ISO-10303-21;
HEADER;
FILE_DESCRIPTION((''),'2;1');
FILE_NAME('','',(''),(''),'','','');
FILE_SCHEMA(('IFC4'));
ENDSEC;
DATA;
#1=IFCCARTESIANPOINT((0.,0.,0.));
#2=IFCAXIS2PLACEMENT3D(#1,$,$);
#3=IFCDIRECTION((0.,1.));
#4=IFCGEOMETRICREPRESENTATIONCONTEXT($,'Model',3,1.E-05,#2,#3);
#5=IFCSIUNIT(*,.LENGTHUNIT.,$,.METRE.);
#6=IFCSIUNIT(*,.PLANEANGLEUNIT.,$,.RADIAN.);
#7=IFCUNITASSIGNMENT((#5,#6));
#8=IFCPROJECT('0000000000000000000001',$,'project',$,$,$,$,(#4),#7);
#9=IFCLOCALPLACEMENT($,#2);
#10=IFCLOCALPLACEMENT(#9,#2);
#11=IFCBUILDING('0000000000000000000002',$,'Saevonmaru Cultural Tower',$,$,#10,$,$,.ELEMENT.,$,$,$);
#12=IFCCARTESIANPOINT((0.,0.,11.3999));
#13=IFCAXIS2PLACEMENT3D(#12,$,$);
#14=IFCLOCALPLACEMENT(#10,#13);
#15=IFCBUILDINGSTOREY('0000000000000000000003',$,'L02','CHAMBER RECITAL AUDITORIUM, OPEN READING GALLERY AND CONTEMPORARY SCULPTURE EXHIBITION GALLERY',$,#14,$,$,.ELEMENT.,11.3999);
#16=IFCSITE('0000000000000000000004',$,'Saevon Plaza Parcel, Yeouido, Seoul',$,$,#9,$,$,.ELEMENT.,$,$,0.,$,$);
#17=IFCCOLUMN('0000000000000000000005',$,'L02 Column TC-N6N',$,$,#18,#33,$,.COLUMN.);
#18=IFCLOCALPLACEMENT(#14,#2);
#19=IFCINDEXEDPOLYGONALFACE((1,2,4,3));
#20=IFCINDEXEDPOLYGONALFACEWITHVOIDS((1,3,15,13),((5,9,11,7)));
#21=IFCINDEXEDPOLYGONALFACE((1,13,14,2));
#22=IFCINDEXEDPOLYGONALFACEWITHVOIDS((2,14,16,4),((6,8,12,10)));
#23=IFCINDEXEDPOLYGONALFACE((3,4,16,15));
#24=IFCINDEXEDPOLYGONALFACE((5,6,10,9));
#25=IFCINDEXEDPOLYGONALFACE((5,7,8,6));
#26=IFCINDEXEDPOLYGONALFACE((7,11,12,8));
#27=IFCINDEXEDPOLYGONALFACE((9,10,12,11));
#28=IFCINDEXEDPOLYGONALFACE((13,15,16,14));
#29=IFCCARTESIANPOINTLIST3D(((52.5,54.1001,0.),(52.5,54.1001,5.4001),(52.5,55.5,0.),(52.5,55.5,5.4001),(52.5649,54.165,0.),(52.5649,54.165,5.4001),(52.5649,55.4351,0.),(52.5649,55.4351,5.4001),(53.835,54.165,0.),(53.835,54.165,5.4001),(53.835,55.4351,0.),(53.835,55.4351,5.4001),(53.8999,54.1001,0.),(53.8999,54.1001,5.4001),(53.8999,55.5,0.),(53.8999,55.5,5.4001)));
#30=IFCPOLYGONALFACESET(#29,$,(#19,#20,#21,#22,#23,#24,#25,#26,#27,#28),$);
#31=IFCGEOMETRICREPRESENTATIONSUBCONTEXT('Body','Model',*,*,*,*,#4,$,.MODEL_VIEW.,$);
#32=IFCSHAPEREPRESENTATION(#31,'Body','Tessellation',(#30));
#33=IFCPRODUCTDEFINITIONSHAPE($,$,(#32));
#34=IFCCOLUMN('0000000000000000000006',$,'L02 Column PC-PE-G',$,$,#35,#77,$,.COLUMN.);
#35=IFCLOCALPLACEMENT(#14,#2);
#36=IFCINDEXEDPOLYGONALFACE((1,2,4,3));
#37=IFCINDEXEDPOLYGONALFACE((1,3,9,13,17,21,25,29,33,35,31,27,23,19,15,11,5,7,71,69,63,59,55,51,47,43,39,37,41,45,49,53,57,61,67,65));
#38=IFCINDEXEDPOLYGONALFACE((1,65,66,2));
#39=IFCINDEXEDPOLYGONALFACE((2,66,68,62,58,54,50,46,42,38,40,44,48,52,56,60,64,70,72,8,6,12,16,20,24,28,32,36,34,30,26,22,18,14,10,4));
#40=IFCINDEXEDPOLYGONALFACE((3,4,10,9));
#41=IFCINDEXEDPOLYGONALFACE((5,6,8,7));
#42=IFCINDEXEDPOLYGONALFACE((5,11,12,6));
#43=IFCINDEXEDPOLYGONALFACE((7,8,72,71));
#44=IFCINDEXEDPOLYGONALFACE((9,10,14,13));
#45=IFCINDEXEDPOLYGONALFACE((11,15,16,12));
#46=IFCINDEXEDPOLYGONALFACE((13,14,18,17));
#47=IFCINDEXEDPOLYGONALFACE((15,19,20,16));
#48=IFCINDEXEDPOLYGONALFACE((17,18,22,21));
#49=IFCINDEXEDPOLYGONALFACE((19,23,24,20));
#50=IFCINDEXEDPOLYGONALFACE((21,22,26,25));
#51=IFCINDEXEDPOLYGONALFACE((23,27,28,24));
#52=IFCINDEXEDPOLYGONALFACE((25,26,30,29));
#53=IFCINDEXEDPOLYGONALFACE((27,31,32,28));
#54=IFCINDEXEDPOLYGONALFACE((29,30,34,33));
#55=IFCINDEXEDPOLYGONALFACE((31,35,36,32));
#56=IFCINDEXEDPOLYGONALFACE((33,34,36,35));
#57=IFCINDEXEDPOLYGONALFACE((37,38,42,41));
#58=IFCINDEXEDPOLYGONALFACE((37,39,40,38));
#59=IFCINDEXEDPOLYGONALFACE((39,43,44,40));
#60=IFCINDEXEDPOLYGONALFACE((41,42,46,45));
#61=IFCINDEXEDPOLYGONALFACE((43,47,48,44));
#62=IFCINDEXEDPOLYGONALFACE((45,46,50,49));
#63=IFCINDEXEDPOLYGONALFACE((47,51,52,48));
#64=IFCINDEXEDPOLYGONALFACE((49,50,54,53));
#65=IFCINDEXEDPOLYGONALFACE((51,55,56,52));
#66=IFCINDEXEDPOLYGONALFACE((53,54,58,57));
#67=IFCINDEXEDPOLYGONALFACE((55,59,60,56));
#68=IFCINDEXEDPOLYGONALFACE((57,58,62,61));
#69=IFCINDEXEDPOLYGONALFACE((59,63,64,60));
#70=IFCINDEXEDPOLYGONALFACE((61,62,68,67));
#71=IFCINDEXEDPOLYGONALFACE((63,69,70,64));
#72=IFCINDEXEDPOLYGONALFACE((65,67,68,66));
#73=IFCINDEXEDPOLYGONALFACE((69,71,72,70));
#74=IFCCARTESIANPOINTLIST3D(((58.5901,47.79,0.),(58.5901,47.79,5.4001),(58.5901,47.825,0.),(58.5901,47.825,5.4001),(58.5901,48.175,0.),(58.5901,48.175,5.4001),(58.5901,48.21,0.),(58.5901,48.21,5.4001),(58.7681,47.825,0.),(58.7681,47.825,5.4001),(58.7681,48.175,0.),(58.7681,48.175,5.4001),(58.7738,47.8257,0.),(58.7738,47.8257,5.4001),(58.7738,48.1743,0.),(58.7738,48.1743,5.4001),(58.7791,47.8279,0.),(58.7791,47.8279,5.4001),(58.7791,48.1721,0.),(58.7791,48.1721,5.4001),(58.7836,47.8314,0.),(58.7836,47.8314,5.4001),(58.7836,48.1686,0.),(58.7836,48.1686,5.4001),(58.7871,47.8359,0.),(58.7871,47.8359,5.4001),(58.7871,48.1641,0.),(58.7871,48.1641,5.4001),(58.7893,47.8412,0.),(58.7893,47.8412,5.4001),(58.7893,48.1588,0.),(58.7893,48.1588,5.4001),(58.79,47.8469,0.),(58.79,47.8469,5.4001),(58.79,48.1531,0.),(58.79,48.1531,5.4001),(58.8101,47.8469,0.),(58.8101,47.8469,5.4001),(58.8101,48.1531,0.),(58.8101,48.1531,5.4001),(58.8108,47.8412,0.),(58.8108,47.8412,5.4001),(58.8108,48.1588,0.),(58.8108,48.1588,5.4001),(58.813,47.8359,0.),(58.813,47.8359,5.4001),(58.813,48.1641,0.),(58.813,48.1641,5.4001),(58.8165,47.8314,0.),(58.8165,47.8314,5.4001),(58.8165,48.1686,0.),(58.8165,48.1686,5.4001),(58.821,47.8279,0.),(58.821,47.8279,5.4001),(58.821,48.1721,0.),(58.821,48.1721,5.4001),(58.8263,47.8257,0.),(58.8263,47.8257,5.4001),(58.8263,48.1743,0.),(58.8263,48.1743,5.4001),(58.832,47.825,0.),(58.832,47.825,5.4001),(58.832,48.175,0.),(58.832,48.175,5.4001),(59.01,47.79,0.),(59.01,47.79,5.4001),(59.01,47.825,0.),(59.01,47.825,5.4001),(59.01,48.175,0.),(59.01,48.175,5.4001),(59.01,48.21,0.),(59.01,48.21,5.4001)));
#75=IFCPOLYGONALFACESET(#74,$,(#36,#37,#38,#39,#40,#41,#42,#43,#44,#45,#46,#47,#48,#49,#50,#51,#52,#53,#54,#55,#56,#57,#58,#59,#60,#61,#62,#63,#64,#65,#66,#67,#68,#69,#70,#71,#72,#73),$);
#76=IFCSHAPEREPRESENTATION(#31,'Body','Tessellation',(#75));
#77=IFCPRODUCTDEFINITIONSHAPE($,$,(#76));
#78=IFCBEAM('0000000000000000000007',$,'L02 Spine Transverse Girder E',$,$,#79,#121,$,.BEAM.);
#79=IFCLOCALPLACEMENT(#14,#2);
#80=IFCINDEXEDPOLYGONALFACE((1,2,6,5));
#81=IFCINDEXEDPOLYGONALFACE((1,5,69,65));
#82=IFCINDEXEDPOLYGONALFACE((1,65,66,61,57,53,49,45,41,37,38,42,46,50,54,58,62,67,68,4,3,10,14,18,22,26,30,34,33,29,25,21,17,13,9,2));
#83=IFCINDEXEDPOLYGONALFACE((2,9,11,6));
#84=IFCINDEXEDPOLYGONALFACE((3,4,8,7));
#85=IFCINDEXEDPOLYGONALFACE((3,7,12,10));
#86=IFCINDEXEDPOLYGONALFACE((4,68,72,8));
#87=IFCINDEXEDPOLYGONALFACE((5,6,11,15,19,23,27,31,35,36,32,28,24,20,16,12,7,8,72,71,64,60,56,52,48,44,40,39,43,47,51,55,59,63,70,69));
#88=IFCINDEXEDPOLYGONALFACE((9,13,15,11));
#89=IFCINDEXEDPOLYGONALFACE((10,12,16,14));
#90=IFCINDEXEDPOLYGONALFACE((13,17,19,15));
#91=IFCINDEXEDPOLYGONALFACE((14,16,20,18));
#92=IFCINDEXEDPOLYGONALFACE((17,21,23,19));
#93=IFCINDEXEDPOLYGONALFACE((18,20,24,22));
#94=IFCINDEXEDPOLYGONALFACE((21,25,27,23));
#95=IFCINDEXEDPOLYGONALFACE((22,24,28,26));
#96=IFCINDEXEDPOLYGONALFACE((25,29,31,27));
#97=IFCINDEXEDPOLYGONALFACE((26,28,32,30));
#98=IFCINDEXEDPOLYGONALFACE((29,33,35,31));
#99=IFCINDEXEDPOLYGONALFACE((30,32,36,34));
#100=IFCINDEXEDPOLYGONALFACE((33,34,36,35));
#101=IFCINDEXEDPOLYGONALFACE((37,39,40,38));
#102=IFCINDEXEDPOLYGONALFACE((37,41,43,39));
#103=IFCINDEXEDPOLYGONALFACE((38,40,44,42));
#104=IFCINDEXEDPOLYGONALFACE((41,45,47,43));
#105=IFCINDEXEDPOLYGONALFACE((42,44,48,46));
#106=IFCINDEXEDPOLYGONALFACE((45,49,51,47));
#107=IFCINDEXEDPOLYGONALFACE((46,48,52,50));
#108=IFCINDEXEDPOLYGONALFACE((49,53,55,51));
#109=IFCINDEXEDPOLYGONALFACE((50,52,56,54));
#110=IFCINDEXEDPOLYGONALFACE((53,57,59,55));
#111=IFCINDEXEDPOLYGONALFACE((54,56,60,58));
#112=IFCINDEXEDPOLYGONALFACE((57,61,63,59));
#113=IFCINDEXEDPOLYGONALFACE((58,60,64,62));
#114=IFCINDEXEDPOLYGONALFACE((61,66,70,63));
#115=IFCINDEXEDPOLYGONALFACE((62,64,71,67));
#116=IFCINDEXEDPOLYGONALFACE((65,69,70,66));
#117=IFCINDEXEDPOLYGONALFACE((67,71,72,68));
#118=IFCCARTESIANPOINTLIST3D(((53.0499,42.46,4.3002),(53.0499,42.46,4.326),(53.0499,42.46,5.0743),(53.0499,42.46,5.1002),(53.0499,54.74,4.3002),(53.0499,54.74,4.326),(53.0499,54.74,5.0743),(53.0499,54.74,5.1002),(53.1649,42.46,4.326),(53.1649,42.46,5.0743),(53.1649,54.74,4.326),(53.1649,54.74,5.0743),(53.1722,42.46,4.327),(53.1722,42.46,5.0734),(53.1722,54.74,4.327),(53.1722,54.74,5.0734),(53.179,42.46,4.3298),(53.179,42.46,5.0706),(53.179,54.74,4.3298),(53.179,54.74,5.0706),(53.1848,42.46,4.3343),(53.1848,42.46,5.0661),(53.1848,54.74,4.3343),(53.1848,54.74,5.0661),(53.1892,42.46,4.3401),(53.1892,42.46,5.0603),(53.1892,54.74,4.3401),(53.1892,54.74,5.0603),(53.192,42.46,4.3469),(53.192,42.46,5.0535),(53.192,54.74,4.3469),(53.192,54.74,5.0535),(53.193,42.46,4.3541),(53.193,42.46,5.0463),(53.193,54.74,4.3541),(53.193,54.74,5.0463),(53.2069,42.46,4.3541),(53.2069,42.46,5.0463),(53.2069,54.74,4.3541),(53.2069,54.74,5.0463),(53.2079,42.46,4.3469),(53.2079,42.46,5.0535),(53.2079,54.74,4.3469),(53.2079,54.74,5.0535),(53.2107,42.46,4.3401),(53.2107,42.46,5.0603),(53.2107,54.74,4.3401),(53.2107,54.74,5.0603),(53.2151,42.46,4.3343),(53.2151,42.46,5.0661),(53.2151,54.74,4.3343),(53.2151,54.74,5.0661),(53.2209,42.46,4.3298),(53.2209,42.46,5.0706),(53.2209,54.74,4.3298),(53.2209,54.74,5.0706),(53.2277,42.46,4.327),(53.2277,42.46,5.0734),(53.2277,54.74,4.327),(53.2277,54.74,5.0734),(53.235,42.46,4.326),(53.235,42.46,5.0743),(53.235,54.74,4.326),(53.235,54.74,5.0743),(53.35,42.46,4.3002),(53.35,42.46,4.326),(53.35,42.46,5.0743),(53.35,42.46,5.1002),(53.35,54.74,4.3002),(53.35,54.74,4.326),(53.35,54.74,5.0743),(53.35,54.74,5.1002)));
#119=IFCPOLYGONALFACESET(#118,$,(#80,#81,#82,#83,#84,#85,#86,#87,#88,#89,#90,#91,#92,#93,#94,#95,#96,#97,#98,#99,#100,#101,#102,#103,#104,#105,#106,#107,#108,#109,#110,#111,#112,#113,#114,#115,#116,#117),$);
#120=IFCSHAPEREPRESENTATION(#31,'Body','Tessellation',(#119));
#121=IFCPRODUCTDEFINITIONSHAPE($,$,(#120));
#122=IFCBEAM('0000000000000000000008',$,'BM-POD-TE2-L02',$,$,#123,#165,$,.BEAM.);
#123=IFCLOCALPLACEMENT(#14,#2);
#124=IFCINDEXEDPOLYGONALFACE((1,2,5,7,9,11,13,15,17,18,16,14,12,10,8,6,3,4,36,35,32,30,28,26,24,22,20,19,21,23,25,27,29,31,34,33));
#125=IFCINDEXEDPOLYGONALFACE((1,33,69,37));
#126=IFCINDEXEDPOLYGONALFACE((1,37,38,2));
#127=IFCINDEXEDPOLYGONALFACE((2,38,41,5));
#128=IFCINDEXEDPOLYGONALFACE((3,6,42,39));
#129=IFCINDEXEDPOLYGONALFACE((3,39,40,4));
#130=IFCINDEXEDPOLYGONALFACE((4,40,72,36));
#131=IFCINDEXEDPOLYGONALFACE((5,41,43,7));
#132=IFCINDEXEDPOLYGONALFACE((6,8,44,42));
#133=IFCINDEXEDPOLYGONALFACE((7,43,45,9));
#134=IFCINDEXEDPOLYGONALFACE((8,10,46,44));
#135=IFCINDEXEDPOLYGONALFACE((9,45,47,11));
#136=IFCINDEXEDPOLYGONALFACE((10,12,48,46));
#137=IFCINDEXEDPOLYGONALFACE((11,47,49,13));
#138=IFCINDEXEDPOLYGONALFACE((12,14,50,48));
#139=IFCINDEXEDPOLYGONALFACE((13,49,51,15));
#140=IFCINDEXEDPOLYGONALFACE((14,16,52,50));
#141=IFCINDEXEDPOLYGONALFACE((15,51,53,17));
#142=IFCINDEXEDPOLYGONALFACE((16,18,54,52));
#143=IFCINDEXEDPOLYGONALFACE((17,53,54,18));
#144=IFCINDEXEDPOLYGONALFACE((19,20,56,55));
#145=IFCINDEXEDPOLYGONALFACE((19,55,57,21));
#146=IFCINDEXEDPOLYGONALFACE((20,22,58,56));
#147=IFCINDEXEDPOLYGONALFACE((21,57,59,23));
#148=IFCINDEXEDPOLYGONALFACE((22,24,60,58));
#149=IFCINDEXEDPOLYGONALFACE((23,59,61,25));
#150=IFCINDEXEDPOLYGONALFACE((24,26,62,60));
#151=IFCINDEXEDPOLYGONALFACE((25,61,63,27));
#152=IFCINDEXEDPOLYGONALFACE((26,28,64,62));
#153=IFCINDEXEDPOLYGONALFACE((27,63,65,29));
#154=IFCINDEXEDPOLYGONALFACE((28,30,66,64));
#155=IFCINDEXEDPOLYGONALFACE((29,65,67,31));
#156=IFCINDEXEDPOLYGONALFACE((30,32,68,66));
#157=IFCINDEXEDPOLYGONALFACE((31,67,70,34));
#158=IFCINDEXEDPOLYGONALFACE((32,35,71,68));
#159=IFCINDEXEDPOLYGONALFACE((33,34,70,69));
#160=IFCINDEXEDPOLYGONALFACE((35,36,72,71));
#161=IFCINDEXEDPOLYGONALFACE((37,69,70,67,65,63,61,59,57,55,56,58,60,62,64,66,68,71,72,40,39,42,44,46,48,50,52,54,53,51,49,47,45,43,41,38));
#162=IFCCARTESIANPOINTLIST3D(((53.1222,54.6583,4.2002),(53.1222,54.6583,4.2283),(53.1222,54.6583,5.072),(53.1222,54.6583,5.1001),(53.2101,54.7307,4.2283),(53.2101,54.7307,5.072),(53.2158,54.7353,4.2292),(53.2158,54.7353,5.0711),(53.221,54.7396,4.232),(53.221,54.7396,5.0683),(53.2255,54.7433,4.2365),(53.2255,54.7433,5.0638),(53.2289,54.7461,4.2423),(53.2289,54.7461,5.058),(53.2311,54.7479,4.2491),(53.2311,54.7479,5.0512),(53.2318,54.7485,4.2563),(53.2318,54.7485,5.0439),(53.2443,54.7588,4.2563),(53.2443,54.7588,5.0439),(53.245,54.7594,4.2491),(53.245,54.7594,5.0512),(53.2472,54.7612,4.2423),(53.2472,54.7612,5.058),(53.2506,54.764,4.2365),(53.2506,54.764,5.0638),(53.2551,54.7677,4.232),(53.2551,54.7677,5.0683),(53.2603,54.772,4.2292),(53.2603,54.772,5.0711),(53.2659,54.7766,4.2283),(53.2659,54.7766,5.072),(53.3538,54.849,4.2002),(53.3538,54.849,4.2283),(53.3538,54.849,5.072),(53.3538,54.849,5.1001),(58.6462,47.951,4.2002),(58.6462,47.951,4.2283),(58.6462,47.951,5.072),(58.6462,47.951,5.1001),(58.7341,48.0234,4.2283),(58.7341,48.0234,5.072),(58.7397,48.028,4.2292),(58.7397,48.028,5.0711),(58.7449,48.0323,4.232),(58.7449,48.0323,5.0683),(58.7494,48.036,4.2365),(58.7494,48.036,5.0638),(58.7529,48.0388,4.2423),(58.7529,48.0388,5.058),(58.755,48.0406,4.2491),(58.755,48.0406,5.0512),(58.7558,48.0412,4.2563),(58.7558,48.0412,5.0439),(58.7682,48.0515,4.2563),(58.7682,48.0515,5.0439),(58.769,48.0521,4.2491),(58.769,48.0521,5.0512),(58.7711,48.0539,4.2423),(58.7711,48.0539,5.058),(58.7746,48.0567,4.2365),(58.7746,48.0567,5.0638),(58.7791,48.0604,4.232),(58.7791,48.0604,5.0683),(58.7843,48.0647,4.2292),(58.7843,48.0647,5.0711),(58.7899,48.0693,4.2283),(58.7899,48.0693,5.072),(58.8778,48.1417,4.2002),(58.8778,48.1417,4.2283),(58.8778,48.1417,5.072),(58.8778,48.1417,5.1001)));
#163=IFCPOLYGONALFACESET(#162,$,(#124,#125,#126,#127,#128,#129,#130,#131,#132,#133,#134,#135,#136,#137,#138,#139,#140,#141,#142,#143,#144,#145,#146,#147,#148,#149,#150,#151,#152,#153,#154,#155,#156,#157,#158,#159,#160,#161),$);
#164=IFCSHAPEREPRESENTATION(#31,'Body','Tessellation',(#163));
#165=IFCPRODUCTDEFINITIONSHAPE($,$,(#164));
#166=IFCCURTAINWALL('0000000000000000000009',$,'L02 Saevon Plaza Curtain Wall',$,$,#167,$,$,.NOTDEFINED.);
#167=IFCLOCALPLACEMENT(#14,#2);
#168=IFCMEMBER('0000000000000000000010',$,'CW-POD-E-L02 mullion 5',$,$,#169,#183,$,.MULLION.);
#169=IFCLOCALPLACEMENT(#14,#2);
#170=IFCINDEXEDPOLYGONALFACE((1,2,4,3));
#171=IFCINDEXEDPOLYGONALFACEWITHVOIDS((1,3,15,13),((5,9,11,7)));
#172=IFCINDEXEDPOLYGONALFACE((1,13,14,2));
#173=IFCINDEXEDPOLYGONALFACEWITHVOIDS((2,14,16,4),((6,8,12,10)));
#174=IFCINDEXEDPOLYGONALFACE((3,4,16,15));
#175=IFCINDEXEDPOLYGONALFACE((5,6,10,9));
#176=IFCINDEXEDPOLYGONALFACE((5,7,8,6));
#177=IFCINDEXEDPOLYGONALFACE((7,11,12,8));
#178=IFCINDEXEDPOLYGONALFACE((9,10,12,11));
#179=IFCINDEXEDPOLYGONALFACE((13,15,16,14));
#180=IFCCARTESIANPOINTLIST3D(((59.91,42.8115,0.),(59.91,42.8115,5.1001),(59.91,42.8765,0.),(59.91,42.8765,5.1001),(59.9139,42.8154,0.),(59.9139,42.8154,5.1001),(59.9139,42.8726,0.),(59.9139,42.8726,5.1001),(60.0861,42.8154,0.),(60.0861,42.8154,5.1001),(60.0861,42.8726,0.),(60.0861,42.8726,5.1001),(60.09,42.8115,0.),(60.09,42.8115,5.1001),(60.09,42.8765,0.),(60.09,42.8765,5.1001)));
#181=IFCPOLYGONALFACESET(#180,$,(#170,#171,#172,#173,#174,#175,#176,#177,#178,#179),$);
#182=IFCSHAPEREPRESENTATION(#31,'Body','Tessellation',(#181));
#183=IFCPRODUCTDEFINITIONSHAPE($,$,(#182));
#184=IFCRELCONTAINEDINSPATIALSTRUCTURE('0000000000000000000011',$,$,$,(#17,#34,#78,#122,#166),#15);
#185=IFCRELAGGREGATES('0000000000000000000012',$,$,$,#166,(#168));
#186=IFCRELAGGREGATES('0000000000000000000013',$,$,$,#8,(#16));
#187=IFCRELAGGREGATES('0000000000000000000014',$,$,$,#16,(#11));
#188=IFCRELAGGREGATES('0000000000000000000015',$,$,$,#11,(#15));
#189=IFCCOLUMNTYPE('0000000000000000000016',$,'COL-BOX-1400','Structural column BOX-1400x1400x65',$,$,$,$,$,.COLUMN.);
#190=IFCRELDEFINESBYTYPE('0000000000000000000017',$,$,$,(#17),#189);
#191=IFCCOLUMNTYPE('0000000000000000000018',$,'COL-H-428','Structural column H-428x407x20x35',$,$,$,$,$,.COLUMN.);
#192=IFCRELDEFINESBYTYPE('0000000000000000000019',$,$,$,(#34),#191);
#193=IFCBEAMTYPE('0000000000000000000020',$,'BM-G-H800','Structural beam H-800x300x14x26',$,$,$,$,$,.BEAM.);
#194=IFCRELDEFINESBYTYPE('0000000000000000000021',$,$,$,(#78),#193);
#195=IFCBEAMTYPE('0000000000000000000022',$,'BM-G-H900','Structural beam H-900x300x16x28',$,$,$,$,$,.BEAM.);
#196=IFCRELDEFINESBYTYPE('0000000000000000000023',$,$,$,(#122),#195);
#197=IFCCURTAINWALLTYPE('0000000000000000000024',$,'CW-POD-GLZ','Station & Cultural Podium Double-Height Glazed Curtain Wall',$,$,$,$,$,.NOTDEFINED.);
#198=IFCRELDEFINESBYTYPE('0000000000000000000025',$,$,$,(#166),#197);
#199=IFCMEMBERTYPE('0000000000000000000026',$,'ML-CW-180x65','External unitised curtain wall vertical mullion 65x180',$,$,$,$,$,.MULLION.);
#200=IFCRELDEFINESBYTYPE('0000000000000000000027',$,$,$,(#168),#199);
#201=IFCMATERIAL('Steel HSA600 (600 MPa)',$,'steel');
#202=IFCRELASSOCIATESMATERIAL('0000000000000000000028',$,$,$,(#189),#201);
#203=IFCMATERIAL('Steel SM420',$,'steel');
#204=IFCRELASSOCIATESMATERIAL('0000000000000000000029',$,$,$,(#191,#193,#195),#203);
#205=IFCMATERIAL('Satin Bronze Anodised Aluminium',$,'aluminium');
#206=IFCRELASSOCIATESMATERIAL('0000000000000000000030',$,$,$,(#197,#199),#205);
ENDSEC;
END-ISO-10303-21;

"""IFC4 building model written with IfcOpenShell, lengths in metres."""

from ifc_helpers import new_model, si_unit, direction, frame, origin, origin_2d, place, context, subcontext, project, spatial, hollow_rectangle, i_section, extrude, material, material_profile, profile_set, type_object, element, aggregate, save


model = new_model("IFC4")

# Units and contexts
model_context = context("Model", 3, precision=1e-05, world=origin(), true_north=direction((0.0, 1.0)))
body_context = subcontext(model_context, "Body", "Model", "MODEL_VIEW")
ifc_project = project(units=[si_unit("LENGTHUNIT", "METRE"), si_unit("PLANEANGLEUNIT", "RADIAN")], contexts=[model_context])

# Site, building, storey
site_placement = place(None, origin())
site = spatial("IfcSite", under=ifc_project, at=site_placement, Name="Saevon Plaza Parcel, Yeouido, Seoul", CompositionType="ELEMENT", RefElevation=0.0)
building_placement = place(site_placement, origin())
building = spatial("IfcBuilding", under=site, at=building_placement, Name="Saevonmaru Cultural Tower", CompositionType="ELEMENT")
storey_placement = place(building_placement, frame((0.0, 0.0, 11.3999)))
storey = spatial("IfcBuildingStorey", under=building, at=storey_placement, Name="L02", Description="CHAMBER RECITAL AUDITORIUM, OPEN READING GALLERY AND CONTEMPORARY SCULPTURE EXHIBITION GALLERY", CompositionType="ELEMENT", Elevation=11.3999)

# Columns
ifc_material_1 = material(Name="Steel HSA600 (600 MPa)", Category="steel")
ifc_material_profile_1 = material_profile(ifc_material_1, hollow_rectangle(XDim=1.3999, YDim=1.3999, WallThickness=0.0649, at=origin_2d()), Name="BOX-1400x1400x65")
ifc_profile_set_1 = profile_set([ifc_material_profile_1], Name="Steel HSA600 (600 MPa)")
column_type_1 = type_object("IfcColumnType", Name="COL-BOX-1400", Description="Structural column BOX-1400x1400x65", PredefinedType="COLUMN", material=ifc_profile_set_1)
column_1_placement = place(storey_placement, frame((53.2, 54.8, 0.0), z_axis=(0.0, 0.0, 1.0), x_axis=(1.0, 0.0, 0.0)))
element("IfcColumn", 1, at=column_1_placement, inside=storey, type_object=column_type_1, Name="L02 Column TC-N6N", PredefinedType="COLUMN", context=body_context, shape_type="SweptSolid", body=[
    extrude(hollow_rectangle(XDim=1.3999, YDim=1.3999, WallThickness=0.0649, at=origin_2d()), origin(), (0.0, 0.0, 1.0), 5.4001),
])
ifc_material_2 = material(Name="Steel SM420", Category="steel")
ifc_material_profile_2 = material_profile(ifc_material_2, i_section(OverallWidth=0.4199, OverallDepth=0.4199, WebThickness=0.02, FlangeThickness=0.0349, FilletRadius=0.022, at=origin_2d()), Name="H-428x407x20x35")
ifc_profile_set_2 = profile_set([ifc_material_profile_2], Name="Steel SM420")
column_type_2 = type_object("IfcColumnType", Name="COL-H-428", Description="Structural column H-428x407x20x35", PredefinedType="COLUMN", material=ifc_profile_set_2)
column_2_placement = place(storey_placement, frame((58.8, 48.0, 0.0), z_axis=(0.0, 0.0, 1.0), x_axis=(1.0, 0.0, 0.0)))
element("IfcColumn", 2, at=column_2_placement, inside=storey, type_object=column_type_2, Name="L02 Column PC-PE-G", PredefinedType="COLUMN", context=body_context, shape_type="SweptSolid", body=[
    extrude(i_section(OverallWidth=0.4199, OverallDepth=0.4199, WebThickness=0.02, FlangeThickness=0.0349, FilletRadius=0.022, at=origin_2d()), origin(), (0.0, 0.0, 1.0), 5.4001),
])

# Beams
ifc_material_profile_3 = material_profile(ifc_material_2, i_section(OverallWidth=0.3, OverallDepth=0.8, WebThickness=0.0139, FlangeThickness=0.0259, FilletRadius=0.0281, at=origin_2d()), Name="H-800x300x14x26")
ifc_profile_set_3 = profile_set([ifc_material_profile_3], Name="Steel SM420")
beam_type_1 = type_object("IfcBeamType", Name="BM-G-H800", Description="Structural beam H-800x300x14x26", PredefinedType="BEAM", material=ifc_profile_set_3)
beam_1_placement = place(storey_placement, frame((53.2, 54.74, 4.7002), z_axis=(0.0, -1.0, 0.0), x_axis=(1.0, 0.0, 0.0)))
element("IfcBeam", 3, at=beam_1_placement, inside=storey, type_object=beam_type_1, Name="L02 Spine Transverse Girder E", PredefinedType="BEAM", context=body_context, shape_type="SweptSolid", body=[
    extrude(i_section(OverallWidth=0.3, OverallDepth=0.8, WebThickness=0.0139, FlangeThickness=0.0259, FilletRadius=0.0281, at=origin_2d()), origin(), (0.0, 0.0, 1.0), 12.28),
])
ifc_material_profile_4 = material_profile(ifc_material_2, i_section(OverallWidth=0.3, OverallDepth=0.8999, WebThickness=0.0161, FlangeThickness=0.0281, FilletRadius=0.0281, at=origin_2d()), Name="H-900x300x16x28")
ifc_profile_set_4 = profile_set([ifc_material_profile_4], Name="Steel SM420")
beam_type_2 = type_object("IfcBeamType", Name="BM-G-H900", Description="Structural beam H-900x300x16x28", PredefinedType="BEAM", material=ifc_profile_set_4)
beam_2_placement = place(storey_placement, frame((53.238, 54.7537, 4.6501), z_axis=(0.635727, -0.771914, 0.0), x_axis=(0.771914, 0.635727, 0.0)))
element("IfcBeam", 4, at=beam_2_placement, inside=storey, type_object=beam_type_2, Name="BM-POD-TE2-L02", PredefinedType="BEAM", context=body_context, shape_type="SweptSolid", body=[
    extrude(i_section(OverallWidth=0.3, OverallDepth=0.8999, WebThickness=0.0161, FlangeThickness=0.0281, FilletRadius=0.0281, at=origin_2d()), origin(), (0.0, 0.0, 1.0), 8.6892),
])

# Curtain wall, member
ifc_material_3 = material(Name="Satin Bronze Anodised Aluminium", Category="aluminium")
curtain_wall_type_1 = type_object("IfcCurtainWallType", Name="CW-POD-GLZ", Description="Station & Cultural Podium Double-Height Glazed Curtain Wall", PredefinedType="NOTDEFINED", material=ifc_material_3)
curtain_wall_1_placement = place(storey_placement, origin())
curtain_wall_1 = element("IfcCurtainWall", 5, at=curtain_wall_1_placement, inside=storey, type_object=curtain_wall_type_1, Name="L02 Saevon Plaza Curtain Wall", PredefinedType="NOTDEFINED")
ifc_material_profile_5 = material_profile(ifc_material_3, hollow_rectangle(XDim=0.0649, YDim=0.1799, WallThickness=0.0039, at=origin_2d()), Name="ALU-MULL-180x65x4")
ifc_profile_set_5 = profile_set([ifc_material_profile_5], Name="Satin Bronze Anodised Aluminium")
member_type_1 = type_object("IfcMemberType", Name="ML-CW-180x65", Description="External unitised curtain wall vertical mullion 65x180", PredefinedType="MULLION", material=ifc_profile_set_5)
member_1_placement = place(storey_placement, frame((60.0, 42.844, 0.0), z_axis=(0.0, 0.0, 1.0), x_axis=(0.0, 1.0, 0.0)))
member_1 = element("IfcMember", 6, at=member_1_placement, type_object=member_type_1, Name="CW-POD-E-L02 mullion 5", PredefinedType="MULLION", context=body_context, shape_type="SweptSolid", body=[
    extrude(hollow_rectangle(XDim=0.0649, YDim=0.1799, WallThickness=0.0039, at=origin_2d()), origin(), (0.0, 0.0, 1.0), 5.1001),
])

aggregate(curtain_wall_1, [member_1])

save(model, "model.ifc")
